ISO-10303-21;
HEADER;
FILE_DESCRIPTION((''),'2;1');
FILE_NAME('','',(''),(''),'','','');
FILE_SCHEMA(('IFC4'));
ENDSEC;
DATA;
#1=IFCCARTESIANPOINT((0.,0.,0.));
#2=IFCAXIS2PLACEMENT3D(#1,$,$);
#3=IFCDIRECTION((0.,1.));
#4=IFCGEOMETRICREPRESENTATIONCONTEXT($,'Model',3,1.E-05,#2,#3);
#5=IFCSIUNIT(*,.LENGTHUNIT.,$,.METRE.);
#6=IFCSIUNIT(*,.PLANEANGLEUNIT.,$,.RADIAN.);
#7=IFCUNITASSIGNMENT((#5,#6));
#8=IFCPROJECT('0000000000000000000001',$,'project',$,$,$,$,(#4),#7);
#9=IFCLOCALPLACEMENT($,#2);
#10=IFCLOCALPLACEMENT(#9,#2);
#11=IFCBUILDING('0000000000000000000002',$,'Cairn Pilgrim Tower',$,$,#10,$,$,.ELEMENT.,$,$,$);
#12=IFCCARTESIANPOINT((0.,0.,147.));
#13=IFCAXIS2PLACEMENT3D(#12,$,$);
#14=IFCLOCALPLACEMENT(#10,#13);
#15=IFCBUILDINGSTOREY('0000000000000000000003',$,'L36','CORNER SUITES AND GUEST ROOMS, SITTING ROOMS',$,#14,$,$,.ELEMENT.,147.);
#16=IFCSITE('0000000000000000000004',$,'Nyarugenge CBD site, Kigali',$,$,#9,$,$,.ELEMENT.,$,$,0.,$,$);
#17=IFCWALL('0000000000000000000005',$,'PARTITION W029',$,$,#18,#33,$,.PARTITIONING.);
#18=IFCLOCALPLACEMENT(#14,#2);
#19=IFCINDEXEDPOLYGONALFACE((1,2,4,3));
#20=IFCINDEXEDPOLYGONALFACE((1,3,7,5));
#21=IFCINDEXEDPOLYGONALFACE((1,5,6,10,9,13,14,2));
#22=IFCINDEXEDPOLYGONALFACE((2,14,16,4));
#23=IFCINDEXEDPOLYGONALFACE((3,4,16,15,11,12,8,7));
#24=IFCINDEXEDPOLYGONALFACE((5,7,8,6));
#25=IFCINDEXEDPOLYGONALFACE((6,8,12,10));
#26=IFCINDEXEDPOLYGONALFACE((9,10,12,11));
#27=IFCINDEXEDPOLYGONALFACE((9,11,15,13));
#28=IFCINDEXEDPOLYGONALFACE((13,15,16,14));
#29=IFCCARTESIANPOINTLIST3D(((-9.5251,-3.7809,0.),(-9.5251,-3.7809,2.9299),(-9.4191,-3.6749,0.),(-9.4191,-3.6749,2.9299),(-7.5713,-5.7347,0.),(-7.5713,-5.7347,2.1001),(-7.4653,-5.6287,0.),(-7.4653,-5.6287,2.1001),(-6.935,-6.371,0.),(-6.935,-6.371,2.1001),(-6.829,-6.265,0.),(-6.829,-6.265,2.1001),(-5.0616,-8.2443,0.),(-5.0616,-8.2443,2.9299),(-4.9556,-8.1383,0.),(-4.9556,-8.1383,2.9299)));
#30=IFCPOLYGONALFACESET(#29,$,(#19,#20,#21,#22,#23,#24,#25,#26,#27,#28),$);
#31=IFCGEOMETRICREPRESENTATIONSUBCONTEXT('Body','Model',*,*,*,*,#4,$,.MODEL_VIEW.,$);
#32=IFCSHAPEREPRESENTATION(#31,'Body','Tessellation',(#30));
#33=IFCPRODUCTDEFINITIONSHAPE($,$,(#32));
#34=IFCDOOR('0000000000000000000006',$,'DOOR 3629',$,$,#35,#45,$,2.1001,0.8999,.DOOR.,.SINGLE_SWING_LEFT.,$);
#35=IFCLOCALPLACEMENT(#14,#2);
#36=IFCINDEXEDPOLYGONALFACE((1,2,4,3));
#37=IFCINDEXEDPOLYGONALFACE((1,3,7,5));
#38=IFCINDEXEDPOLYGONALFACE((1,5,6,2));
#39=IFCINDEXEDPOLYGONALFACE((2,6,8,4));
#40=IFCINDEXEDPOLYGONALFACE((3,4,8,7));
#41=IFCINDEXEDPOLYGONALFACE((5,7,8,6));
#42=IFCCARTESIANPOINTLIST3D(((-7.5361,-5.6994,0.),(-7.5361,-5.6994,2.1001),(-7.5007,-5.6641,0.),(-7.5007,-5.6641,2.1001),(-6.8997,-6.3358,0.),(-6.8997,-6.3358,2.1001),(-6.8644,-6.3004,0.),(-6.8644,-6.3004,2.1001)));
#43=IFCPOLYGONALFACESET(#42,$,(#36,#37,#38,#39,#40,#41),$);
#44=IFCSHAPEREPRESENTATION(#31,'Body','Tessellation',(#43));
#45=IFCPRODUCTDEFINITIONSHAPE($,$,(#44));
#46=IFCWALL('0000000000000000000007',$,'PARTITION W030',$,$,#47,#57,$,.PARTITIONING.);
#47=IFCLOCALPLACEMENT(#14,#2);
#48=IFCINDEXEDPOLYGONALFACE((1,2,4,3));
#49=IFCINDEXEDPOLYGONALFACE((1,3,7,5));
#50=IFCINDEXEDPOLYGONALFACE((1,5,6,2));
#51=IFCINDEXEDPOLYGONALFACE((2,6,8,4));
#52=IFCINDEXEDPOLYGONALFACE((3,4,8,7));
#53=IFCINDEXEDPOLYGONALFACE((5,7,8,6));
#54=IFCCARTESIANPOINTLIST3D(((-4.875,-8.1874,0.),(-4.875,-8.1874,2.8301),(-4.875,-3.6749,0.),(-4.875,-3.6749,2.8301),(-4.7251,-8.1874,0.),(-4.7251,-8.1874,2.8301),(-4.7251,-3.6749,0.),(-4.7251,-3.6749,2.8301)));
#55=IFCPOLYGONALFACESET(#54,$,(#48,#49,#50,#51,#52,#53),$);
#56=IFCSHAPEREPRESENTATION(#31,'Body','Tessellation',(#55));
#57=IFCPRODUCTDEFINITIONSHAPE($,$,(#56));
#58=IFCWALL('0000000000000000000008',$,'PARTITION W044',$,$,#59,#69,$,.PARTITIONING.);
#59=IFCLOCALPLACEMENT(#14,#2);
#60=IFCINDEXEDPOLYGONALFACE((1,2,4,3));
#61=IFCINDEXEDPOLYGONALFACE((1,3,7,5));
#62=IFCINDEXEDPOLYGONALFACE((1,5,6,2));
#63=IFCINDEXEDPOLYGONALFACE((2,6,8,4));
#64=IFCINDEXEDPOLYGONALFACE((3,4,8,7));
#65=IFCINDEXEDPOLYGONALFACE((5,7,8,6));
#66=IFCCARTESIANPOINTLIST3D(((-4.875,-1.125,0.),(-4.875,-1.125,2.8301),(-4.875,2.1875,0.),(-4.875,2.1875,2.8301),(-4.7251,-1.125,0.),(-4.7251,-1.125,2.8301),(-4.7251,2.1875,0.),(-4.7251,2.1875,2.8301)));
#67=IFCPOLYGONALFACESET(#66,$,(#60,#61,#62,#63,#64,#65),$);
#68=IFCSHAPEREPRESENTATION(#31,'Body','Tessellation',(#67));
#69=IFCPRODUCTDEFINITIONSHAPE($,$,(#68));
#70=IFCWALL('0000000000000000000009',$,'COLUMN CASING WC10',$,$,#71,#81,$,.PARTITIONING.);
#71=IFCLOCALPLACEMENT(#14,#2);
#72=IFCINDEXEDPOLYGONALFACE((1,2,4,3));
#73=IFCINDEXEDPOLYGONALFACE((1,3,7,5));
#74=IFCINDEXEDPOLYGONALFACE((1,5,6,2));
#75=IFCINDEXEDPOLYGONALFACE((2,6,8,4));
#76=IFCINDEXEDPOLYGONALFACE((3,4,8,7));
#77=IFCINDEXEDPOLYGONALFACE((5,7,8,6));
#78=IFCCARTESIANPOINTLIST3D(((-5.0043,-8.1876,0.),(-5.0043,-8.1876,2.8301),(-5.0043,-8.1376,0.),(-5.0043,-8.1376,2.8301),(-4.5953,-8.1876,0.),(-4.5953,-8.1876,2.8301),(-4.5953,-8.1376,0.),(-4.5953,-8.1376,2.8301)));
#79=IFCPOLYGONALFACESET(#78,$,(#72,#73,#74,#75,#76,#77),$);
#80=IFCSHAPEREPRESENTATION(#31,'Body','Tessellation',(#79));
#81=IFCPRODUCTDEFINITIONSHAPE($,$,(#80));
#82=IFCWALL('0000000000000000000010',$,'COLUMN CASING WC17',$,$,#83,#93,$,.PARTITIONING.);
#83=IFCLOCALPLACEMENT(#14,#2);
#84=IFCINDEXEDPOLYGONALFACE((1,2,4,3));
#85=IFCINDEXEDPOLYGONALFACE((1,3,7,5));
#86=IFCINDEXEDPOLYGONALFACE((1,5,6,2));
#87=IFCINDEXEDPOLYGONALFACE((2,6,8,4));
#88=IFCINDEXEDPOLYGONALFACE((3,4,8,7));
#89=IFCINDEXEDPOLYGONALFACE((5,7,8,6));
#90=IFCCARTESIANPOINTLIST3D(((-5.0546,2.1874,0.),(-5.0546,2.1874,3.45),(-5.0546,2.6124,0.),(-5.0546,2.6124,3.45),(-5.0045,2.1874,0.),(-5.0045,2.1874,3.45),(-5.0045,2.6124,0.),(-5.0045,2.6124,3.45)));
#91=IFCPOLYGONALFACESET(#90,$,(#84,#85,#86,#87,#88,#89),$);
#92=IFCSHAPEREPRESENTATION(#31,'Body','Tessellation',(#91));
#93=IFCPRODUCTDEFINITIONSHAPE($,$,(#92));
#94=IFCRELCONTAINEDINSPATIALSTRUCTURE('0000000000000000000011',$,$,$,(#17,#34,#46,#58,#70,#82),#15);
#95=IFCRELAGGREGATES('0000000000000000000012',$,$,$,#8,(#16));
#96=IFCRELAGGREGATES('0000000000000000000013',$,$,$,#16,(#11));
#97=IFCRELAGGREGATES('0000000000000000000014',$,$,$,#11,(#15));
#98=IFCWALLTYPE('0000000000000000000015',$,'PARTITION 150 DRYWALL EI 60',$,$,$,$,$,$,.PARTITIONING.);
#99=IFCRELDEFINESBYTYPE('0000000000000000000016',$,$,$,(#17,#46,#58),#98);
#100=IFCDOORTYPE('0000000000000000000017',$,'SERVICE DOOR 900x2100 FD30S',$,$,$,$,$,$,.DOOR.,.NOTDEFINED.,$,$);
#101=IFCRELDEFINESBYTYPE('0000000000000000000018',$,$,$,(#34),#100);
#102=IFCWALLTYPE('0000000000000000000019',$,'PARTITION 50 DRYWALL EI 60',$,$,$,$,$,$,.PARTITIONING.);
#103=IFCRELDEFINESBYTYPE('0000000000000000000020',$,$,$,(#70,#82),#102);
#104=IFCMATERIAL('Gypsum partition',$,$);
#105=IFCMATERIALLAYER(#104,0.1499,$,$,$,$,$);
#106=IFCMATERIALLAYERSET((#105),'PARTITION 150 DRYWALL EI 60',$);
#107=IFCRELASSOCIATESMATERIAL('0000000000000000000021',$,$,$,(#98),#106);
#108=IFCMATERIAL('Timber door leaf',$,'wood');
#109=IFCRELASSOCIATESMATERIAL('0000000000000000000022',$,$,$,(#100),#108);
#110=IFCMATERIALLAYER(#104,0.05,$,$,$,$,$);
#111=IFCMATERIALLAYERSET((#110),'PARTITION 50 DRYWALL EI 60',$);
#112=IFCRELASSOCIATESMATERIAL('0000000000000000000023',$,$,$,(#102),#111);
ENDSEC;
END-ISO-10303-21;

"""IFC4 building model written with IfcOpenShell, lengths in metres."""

from ifc_helpers import new_model, si_unit, direction, frame, frame_2d, origin, place, context, subcontext, project, spatial, rectangle, extrude, material, layer, layer_set, type_object, element, fill, save


model = new_model("IFC4")

# Units and contexts
model_context = context("Model", 3, precision=1e-05, world=origin(), true_north=direction((0.0, 1.0)))
body_context = subcontext(model_context, "Body", "Model", "MODEL_VIEW")
ifc_project = project(units=[si_unit("LENGTHUNIT", "METRE"), si_unit("PLANEANGLEUNIT", "RADIAN")], contexts=[model_context])

# Site, building, storey
site_placement = place(None, origin())
site = spatial("IfcSite", under=ifc_project, at=site_placement, Name="Nyarugenge CBD site, Kigali", CompositionType="ELEMENT", RefElevation=0.0)
building_placement = place(site_placement, origin())
building = spatial("IfcBuilding", under=site, at=building_placement, Name="Cairn Pilgrim Tower", CompositionType="ELEMENT")
storey_placement = place(building_placement, frame((0.0, 0.0, 147.0)))
storey = spatial("IfcBuildingStorey", under=building, at=storey_placement, Name="L36", Description="CORNER SUITES AND GUEST ROOMS, SITTING ROOMS", CompositionType="ELEMENT", Elevation=147.0)

# Wall, opening, door
ifc_material_1 = material(Name="Gypsum partition")
ifc_layer_1 = layer(ifc_material_1, 0.1499)
ifc_layer_set_1 = layer_set([ifc_layer_1], Name="PARTITION 150 DRYWALL EI 60")
wall_type_1 = type_object("IfcWallType", Name="PARTITION 150 DRYWALL EI 60", PredefinedType="PARTITIONING", material=ifc_layer_set_1)
wall_1_placement = place(storey_placement, frame((-5.0085, -8.1914, 0.0), z_axis=(0.0, 0.0, 1.0), x_axis=(-0.707107, 0.707107, 0.0)))
wall_1 = element("IfcWall", 1, at=wall_1_placement, inside=storey, type_object=wall_type_1, Name="PARTITION W029", PredefinedType="PARTITIONING", context=body_context, shape_type="SweptSolid", body=[
    extrude(rectangle(XDim=6.3123, YDim=0.1499, at=frame_2d((3.1562, 0.0))), origin(), (0.0, 0.0, 1.0), 2.9299),
])
opening_1_placement = place(wall_1_placement, frame((2.6494, 0.0, 0.0)))
opening_1 = element("IfcOpeningElement", 2, at=opening_1_placement, cuts=wall_1, PredefinedType="OPENING", context=body_context, shape_type="SweptSolid", body=[
    extrude(rectangle(XDim=0.8999, YDim=2.1001, at=frame_2d((0.45, 1.05))), frame((0.0, 0.085, 0.0), z_axis=(0.0, -1.0, 0.0), x_axis=(1.0, 0.0, 0.0)), (0.0, 0.0, 1.0), 0.1699),
])
ifc_material_2 = material(Name="Timber door leaf", Category="wood")
door_type_1 = type_object("IfcDoorType", Name="SERVICE DOOR 900x2100 FD30S", OperationType="NOTDEFINED", PredefinedType="DOOR", material=ifc_material_2)
door_1_placement = place(opening_1_placement, frame((0.8999, 0.0, 0.0), z_axis=(0.0, 0.0, 1.0), x_axis=(-1.0, 0.0, 0.0)))
door_1 = element("IfcDoor", 3, at=door_1_placement, inside=storey, type_object=door_type_1, Name="DOOR 3629", OperationType="SINGLE_SWING_LEFT", OverallHeight=2.1001, OverallWidth=0.8999, PredefinedType="DOOR", context=body_context, shape_type="SweptSolid", body=[
    extrude(rectangle(XDim=0.8999, YDim=2.1001, at=frame_2d((0.45, 1.05))), frame((0.0, 0.0249, 0.0), z_axis=(0.0, -1.0, 0.0), x_axis=(1.0, 0.0, 0.0)), (0.0, 0.0, 1.0), 0.05),
])
fill(opening_1, door_1)

# Walls
wall_2_placement = place(storey_placement, frame((-4.8, -8.1875, 0.0), z_axis=(0.0, 0.0, 1.0), x_axis=(0.0, 1.0, 0.0)))
element("IfcWall", 4, at=wall_2_placement, inside=storey, type_object=wall_type_1, Name="PARTITION W030", PredefinedType="PARTITIONING", context=body_context, shape_type="SweptSolid", body=[
    extrude(rectangle(XDim=4.5125, YDim=0.1499, at=frame_2d((2.2563, 0.0))), origin(), (0.0, 0.0, 1.0), 2.8301),
])
wall_3_placement = place(storey_placement, frame((-4.8, -1.125, 0.0), z_axis=(0.0, 0.0, 1.0), x_axis=(0.0, 1.0, 0.0)))
element("IfcWall", 5, at=wall_3_placement, inside=storey, type_object=wall_type_1, Name="PARTITION W044", PredefinedType="PARTITIONING", context=body_context, shape_type="SweptSolid", body=[
    extrude(rectangle(XDim=3.3125, YDim=0.1499, at=frame_2d((1.6562, 0.0))), origin(), (0.0, 0.0, 1.0), 2.8301),
])
ifc_layer_2 = layer(ifc_material_1, 0.05)
ifc_layer_set_2 = layer_set([ifc_layer_2], Name="PARTITION 50 DRYWALL EI 60")
wall_type_2 = type_object("IfcWallType", Name="PARTITION 50 DRYWALL EI 60", PredefinedType="PARTITIONING", material=ifc_layer_set_2)
wall_4_placement = place(storey_placement, frame((-5.0044, -8.1626, 0.0), z_axis=(0.0, 0.0, 1.0), x_axis=(1.0, 0.0, 0.0)))
element("IfcWall", 6, at=wall_4_placement, inside=storey, type_object=wall_type_2, Name="COLUMN CASING WC10", PredefinedType="PARTITIONING", context=body_context, shape_type="SweptSolid", body=[
    extrude(rectangle(XDim=0.4089, YDim=0.05, at=frame_2d((0.2046, 0.0))), origin(), (0.0, 0.0, 1.0), 2.8301),
])
wall_5_placement = place(storey_placement, frame((-5.0295, 2.1875, 0.0), z_axis=(0.0, 0.0, 1.0), x_axis=(0.0, 1.0, 0.0)))
element("IfcWall", 7, at=wall_5_placement, inside=storey, type_object=wall_type_2, Name="COLUMN CASING WC17", PredefinedType="PARTITIONING", context=body_context, shape_type="SweptSolid", body=[
    extrude(rectangle(XDim=0.425, YDim=0.05, at=frame_2d((0.2124, 0.0))), origin(), (0.0, 0.0, 1.0), 3.45),
])

save(model, "model.ifc")
